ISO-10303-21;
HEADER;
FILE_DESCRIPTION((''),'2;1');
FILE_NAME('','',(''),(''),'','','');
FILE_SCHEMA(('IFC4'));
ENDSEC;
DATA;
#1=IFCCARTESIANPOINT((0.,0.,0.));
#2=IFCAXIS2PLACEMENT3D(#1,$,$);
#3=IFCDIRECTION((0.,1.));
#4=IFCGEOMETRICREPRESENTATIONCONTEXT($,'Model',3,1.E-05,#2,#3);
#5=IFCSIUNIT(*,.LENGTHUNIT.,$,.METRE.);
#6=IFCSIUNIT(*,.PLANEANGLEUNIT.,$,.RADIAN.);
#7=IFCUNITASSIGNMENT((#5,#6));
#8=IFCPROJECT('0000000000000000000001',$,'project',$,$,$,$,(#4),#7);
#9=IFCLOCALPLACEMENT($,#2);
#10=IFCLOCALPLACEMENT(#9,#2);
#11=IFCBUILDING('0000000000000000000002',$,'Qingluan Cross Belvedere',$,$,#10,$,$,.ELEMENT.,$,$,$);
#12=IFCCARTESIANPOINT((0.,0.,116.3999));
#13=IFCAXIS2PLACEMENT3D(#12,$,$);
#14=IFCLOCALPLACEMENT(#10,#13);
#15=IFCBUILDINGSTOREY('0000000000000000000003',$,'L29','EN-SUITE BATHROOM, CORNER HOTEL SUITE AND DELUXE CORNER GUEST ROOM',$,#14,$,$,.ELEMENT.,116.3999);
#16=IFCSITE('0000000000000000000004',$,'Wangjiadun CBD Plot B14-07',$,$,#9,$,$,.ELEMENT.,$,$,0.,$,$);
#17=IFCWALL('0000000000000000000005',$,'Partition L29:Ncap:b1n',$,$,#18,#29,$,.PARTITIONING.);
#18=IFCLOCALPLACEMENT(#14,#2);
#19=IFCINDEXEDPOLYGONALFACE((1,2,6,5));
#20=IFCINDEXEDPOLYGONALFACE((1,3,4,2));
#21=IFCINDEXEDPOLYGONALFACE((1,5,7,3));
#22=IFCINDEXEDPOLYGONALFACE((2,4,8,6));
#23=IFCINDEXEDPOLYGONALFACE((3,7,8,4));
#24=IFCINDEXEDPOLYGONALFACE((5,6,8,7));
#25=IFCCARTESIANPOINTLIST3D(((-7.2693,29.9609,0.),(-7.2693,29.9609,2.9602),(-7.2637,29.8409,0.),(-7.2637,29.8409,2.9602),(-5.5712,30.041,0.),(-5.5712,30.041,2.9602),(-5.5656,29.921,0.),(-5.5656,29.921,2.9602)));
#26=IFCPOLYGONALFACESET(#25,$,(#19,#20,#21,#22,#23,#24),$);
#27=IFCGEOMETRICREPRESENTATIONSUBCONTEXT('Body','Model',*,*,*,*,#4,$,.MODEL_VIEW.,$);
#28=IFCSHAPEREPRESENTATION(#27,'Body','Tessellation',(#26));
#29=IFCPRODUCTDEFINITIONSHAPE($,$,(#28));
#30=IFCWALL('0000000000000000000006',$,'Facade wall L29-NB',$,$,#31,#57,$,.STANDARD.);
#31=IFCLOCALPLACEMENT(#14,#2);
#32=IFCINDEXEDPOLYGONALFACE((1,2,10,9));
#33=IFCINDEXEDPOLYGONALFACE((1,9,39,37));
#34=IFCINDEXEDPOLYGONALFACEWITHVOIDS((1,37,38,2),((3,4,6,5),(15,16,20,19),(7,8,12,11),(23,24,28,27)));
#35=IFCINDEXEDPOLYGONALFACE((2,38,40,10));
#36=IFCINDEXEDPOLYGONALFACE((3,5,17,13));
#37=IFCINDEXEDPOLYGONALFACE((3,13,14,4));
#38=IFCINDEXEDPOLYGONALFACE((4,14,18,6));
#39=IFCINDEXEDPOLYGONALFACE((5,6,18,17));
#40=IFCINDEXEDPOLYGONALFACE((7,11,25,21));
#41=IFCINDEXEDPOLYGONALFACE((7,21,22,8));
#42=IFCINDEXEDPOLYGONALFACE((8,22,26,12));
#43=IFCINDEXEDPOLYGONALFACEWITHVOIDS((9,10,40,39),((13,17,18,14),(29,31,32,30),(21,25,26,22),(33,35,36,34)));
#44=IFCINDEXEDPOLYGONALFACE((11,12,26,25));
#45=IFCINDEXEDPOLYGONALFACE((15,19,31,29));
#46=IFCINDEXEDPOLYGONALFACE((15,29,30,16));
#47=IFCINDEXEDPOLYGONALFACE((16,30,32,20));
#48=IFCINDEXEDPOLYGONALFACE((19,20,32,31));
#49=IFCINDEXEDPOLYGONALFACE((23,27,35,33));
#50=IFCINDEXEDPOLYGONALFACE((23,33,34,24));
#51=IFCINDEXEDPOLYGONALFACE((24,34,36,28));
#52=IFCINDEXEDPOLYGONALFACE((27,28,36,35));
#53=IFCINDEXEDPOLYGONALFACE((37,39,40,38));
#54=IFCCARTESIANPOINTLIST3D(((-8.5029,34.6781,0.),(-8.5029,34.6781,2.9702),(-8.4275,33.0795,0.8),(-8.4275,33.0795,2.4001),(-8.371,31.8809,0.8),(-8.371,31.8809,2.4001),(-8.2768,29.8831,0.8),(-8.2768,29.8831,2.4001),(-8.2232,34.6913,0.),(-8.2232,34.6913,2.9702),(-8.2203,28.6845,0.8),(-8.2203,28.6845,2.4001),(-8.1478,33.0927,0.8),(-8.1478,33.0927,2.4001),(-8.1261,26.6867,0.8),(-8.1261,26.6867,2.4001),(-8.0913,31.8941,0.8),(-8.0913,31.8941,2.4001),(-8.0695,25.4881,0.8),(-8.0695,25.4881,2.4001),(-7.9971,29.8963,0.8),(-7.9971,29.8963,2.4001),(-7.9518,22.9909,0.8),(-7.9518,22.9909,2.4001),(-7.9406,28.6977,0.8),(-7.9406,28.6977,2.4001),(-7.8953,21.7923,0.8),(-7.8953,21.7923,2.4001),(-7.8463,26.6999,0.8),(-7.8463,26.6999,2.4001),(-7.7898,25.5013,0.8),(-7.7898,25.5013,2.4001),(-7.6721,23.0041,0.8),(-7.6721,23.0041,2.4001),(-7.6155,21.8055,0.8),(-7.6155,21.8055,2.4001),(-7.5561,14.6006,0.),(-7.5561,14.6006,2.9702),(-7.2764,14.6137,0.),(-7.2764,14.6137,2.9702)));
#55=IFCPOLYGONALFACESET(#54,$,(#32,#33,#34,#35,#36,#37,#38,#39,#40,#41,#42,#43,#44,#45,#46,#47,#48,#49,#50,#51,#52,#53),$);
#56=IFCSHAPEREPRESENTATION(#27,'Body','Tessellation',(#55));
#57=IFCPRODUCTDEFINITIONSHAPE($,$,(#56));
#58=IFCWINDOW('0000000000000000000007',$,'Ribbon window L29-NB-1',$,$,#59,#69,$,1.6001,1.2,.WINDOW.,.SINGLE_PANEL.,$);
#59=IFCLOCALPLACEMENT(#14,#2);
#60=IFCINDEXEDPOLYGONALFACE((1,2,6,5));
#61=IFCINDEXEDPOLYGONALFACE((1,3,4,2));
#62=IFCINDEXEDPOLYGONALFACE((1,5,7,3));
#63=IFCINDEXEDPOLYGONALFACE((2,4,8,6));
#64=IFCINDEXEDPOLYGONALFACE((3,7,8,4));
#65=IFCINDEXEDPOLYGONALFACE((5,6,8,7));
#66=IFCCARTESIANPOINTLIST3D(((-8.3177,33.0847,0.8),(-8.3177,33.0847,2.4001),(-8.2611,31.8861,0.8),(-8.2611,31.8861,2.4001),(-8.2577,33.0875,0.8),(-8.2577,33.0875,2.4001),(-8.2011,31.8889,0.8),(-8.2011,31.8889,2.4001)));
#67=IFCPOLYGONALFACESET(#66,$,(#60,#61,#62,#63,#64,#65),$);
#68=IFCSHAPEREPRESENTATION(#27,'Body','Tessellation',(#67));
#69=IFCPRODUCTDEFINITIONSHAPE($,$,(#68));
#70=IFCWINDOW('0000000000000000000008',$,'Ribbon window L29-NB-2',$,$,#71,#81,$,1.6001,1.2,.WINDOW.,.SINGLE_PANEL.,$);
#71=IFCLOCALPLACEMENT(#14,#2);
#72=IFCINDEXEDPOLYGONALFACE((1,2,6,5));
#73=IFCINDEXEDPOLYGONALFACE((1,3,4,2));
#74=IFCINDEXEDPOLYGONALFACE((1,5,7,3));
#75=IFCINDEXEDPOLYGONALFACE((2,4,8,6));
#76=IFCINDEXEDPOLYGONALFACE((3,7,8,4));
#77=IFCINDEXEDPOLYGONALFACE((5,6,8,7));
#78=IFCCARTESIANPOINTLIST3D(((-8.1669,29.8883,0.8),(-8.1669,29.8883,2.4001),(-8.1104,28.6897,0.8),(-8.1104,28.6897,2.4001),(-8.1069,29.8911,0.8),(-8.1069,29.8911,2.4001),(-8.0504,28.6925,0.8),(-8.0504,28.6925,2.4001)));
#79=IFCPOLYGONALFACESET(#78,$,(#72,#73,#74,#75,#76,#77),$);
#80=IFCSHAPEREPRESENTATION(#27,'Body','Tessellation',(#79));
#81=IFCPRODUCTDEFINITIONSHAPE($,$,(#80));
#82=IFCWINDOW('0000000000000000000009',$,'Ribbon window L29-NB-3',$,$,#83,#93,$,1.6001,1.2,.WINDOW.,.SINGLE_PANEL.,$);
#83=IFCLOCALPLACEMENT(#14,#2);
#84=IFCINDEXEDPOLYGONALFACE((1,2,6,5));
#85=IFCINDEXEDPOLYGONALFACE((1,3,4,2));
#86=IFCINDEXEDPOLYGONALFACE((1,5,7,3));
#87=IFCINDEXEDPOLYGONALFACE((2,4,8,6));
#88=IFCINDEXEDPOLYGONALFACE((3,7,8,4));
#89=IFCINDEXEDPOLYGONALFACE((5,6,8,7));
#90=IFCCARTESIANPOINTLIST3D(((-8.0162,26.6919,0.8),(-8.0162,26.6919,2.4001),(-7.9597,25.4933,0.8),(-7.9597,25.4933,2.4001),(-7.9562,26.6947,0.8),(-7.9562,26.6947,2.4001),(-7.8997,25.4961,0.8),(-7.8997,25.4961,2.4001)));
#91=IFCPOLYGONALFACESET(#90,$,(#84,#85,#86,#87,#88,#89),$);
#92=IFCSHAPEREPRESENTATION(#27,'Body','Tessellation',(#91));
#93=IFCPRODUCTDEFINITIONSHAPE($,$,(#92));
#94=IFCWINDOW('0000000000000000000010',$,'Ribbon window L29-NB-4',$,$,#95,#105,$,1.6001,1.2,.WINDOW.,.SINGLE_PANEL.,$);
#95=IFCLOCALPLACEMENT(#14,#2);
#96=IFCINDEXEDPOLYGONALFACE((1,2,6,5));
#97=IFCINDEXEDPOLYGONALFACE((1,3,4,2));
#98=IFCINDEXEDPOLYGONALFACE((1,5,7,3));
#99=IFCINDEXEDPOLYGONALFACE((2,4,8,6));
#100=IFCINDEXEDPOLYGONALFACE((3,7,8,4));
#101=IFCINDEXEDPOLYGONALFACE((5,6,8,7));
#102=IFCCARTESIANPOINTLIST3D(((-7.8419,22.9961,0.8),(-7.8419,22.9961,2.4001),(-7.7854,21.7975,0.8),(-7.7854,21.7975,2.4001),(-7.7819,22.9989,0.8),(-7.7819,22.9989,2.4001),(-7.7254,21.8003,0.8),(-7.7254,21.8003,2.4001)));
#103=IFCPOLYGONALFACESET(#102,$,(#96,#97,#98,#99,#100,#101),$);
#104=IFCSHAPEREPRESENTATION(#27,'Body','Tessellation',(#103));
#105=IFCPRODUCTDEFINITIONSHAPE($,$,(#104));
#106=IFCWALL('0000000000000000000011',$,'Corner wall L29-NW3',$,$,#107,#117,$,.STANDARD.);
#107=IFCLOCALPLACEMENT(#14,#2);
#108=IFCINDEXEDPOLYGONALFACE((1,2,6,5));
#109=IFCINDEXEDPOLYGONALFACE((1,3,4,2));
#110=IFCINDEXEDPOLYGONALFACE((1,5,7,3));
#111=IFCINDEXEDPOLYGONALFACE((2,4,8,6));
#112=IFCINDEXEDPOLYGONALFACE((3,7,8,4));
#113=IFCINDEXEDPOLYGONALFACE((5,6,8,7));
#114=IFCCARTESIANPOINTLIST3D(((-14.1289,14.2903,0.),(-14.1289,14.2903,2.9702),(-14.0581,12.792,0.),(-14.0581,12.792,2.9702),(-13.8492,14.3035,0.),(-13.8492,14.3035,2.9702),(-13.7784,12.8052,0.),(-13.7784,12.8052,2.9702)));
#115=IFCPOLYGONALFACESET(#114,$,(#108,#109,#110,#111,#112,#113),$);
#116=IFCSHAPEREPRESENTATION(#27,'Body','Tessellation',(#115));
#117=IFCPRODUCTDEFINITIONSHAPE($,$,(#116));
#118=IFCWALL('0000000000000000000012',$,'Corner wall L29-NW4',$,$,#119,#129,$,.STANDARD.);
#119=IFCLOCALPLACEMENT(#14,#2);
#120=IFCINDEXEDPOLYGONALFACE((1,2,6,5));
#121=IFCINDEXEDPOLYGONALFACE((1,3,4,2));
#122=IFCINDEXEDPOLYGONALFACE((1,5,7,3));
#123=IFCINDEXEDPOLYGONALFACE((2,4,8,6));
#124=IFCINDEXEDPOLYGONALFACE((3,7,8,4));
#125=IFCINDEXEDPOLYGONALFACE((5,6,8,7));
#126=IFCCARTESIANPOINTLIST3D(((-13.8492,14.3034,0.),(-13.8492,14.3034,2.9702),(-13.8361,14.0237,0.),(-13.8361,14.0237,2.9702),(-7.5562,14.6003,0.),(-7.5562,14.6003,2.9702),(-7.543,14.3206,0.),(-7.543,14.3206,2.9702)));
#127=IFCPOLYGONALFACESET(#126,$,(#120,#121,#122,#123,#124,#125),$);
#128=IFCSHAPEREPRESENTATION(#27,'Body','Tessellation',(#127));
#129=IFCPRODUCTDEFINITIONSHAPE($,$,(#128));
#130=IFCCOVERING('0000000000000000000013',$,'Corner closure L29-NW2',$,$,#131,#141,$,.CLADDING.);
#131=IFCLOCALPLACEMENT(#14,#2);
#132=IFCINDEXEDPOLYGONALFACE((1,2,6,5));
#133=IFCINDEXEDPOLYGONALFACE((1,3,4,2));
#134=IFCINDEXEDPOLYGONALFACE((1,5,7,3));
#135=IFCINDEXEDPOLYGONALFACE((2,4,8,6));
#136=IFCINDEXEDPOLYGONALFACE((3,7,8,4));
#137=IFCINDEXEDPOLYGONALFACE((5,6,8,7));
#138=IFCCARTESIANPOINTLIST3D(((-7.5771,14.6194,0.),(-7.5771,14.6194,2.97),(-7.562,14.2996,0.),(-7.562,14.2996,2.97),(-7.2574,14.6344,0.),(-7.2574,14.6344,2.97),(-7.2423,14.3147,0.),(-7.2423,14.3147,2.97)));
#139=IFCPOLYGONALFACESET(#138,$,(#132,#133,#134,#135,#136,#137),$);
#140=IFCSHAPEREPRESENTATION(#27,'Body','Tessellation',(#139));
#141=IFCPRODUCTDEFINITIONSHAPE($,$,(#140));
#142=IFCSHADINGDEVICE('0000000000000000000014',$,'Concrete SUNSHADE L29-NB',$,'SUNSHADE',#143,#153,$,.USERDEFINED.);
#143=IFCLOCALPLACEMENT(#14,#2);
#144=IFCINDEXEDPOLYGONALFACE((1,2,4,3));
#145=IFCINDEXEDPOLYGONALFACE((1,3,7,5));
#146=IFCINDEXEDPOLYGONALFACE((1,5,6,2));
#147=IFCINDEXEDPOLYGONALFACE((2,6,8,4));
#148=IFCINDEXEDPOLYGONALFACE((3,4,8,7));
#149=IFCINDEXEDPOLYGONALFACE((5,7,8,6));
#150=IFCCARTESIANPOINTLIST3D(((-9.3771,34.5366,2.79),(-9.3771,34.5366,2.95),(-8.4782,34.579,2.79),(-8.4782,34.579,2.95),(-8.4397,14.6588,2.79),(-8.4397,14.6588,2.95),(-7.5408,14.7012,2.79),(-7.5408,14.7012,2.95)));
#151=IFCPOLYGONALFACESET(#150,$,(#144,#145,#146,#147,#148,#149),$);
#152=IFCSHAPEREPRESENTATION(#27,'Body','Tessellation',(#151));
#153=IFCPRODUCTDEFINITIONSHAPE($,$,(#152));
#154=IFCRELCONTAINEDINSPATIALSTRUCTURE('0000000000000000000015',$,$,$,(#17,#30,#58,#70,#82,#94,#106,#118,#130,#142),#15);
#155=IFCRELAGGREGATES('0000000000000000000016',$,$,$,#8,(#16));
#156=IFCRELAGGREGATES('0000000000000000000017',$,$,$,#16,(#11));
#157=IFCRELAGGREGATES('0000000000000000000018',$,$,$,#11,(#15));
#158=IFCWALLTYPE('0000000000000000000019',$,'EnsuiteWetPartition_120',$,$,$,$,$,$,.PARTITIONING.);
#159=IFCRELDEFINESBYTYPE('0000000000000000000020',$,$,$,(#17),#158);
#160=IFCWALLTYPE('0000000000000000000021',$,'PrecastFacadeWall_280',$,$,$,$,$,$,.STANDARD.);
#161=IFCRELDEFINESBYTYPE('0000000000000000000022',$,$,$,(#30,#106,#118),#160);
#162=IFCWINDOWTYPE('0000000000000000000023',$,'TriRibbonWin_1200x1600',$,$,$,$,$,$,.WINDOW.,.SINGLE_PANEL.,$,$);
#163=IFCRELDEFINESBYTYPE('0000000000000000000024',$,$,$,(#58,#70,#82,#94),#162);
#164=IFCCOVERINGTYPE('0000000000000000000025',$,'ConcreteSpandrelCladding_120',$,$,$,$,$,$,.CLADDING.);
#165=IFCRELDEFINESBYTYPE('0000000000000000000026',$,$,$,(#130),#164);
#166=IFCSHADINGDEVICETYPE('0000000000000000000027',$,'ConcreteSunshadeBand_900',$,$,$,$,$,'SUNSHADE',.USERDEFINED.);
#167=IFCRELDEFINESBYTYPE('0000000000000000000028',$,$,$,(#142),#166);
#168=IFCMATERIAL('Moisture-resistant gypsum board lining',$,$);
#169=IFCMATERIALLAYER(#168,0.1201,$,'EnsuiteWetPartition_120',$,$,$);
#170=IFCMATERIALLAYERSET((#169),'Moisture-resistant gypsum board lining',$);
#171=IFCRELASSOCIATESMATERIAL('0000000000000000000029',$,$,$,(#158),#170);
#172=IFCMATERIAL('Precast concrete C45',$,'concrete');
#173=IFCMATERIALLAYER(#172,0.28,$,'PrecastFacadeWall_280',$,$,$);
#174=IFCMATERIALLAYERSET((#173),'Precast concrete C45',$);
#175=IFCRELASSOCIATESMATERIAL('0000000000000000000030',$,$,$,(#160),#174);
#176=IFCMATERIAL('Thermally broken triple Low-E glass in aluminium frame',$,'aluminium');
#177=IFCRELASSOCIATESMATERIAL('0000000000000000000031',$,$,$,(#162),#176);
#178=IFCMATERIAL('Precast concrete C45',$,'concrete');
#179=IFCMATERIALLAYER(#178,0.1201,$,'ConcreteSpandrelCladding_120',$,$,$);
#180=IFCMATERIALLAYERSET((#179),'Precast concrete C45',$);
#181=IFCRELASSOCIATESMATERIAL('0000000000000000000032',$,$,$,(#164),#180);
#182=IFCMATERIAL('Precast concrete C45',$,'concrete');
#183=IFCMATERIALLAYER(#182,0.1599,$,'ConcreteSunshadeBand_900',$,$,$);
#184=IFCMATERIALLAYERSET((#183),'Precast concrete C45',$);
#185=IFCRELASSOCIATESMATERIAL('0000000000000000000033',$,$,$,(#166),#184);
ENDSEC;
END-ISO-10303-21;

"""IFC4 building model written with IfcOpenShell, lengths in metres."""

from ifc_helpers import new_model, si_unit, direction, frame, frame_2d, origin, origin_2d, place, context, subcontext, project, spatial, rectangle, extrude, material, layer, layer_set, type_object, element, fill, save


model = new_model("IFC4")

# Units and contexts
model_context = context("Model", 3, precision=1e-05, world=origin(), true_north=direction((0.0, 1.0)))
body_context = subcontext(model_context, "Body", "Model", "MODEL_VIEW")
ifc_project = project(units=[si_unit("LENGTHUNIT", "METRE"), si_unit("PLANEANGLEUNIT", "RADIAN")], contexts=[model_context])

# Site, building, storey
site_placement = place(None, origin())
site = spatial("IfcSite", under=ifc_project, at=site_placement, Name="Wangjiadun CBD Plot B14-07", CompositionType="ELEMENT", RefElevation=0.0)
building_placement = place(site_placement, origin())
building = spatial("IfcBuilding", under=site, at=building_placement, Name="Qingluan Cross Belvedere", CompositionType="ELEMENT")
storey_placement = place(building_placement, frame((0.0, 0.0, 116.3999)))
storey = spatial("IfcBuildingStorey", under=building, at=storey_placement, Name="L29", Description="EN-SUITE BATHROOM, CORNER HOTEL SUITE AND DELUXE CORNER GUEST ROOM", CompositionType="ELEMENT", Elevation=116.3999)

# Shared definitions
ifc_material_1 = material(Name="Moisture-resistant gypsum board lining")
ifc_layer_1 = layer(ifc_material_1, 0.1201, Name="EnsuiteWetPartition_120")
ifc_layer_set_1 = layer_set([ifc_layer_1], Name="Moisture-resistant gypsum board lining")
wall_type_1 = type_object("IfcWallType", Name="EnsuiteWetPartition_120", PredefinedType="PARTITIONING", material=ifc_layer_set_1)

# Wall
wall_1_placement = place(storey_placement, frame((-7.2666, 29.9009, 0.0), z_axis=(0.0, 0.0, 1.0), x_axis=(0.99889, 0.047108, 0.0)))
element("IfcWall", 1, at=wall_1_placement, inside=storey, type_object=wall_type_1, Name="Partition L29:Ncap:b1n", PredefinedType="PARTITIONING", context=body_context, shape_type="SweptSolid", body=[
    extrude(rectangle(XDim=1.7, YDim=0.1201, at=frame_2d((0.8501, 0.0))), origin(), (0.0, 0.0, 1.0), 2.9602),
])

# Wall, openings, windows
ifc_material_2 = material(Name="Precast concrete C45", Category="concrete")
ifc_layer_2 = layer(ifc_material_2, 0.28, Name="PrecastFacadeWall_280")
ifc_layer_set_2 = layer_set([ifc_layer_2], Name="Precast concrete C45")
wall_type_2 = type_object("IfcWallType", Name="PrecastFacadeWall_280", PredefinedType="STANDARD", material=ifc_layer_set_2)
wall_2_placement = place(storey_placement, frame((-8.363, 34.6846, 0.0), z_axis=(0.0, 0.0, 1.0), x_axis=(0.047103, -0.99889, 0.0)))
wall_2 = element("IfcWall", 2, at=wall_2_placement, inside=storey, type_object=wall_type_2, Name="Facade wall L29-NB", PredefinedType="STANDARD", context=body_context, shape_type="SweptSolid", body=[
    extrude(rectangle(XDim=20.0999, YDim=0.28, at=frame_2d((10.0498, 0.0))), origin(), (0.0, 0.0, 1.0), 2.9702),
])
opening_1_placement = place(wall_2_placement, frame((1.6001, 0.0, 0.8)))
opening_1 = element("IfcOpeningElement", 3, at=opening_1_placement, cuts=wall_2, PredefinedType="OPENING", context=body_context, shape_type="SweptSolid", body=[
    extrude(rectangle(XDim=1.2, YDim=1.6001, at=frame_2d((0.6001, 0.8))), frame((0.0, 0.1499, 0.0), z_axis=(0.0, -1.0, 0.0), x_axis=(1.0, 0.0, 0.0)), (0.0, 0.0, 1.0), 0.3),
])
opening_2_placement = place(wall_2_placement, frame((4.8, 0.0, 0.8)))
opening_2 = element("IfcOpeningElement", 4, at=opening_2_placement, cuts=wall_2, PredefinedType="OPENING", context=body_context, shape_type="SweptSolid", body=[
    extrude(rectangle(XDim=1.2, YDim=1.6001, at=frame_2d((0.6001, 0.8))), frame((0.0, 0.1499, 0.0), z_axis=(0.0, -1.0, 0.0), x_axis=(1.0, 0.0, 0.0)), (0.0, 0.0, 1.0), 0.3),
])
opening_3_placement = place(wall_2_placement, frame((8.0, 0.0, 0.8)))
opening_3 = element("IfcOpeningElement", 5, at=opening_3_placement, cuts=wall_2, PredefinedType="OPENING", context=body_context, shape_type="SweptSolid", body=[
    extrude(rectangle(XDim=1.2, YDim=1.6001, at=frame_2d((0.6001, 0.8))), frame((0.0, 0.1499, 0.0), z_axis=(0.0, -1.0, 0.0), x_axis=(1.0, 0.0, 0.0)), (0.0, 0.0, 1.0), 0.3),
])
opening_4_placement = place(wall_2_placement, frame((11.7, 0.0, 0.8)))
opening_4 = element("IfcOpeningElement", 6, at=opening_4_placement, cuts=wall_2, PredefinedType="OPENING", context=body_context, shape_type="SweptSolid", body=[
    extrude(rectangle(XDim=1.2, YDim=1.6001, at=frame_2d((0.6001, 0.8))), frame((0.0, 0.1499, 0.0), z_axis=(0.0, -1.0, 0.0), x_axis=(1.0, 0.0, 0.0)), (0.0, 0.0, 1.0), 0.3),
])
ifc_material_3 = material(Name="Thermally broken triple Low-E glass in aluminium frame", Category="aluminium")
window_type = type_object("IfcWindowType", Name="TriRibbonWin_1200x1600", PartitioningType="SINGLE_PANEL", PredefinedType="WINDOW", material=ifc_material_3)
window_1_placement = place(opening_1_placement, origin())
window_1 = element("IfcWindow", 7, at=window_1_placement, inside=storey, type_object=window_type, Name="Ribbon window L29-NB-1", OverallHeight=1.6001, OverallWidth=1.2, PartitioningType="SINGLE_PANEL", PredefinedType="WINDOW", context=body_context, shape_type="SweptSolid", body=[
    extrude(rectangle(XDim=1.2, YDim=1.6001, at=frame_2d((0.6001, 0.8))), frame((0.0, 0.03, 0.0), z_axis=(0.0, -1.0, 0.0), x_axis=(1.0, 0.0, 0.0)), (0.0, 0.0, 1.0), 0.0601),
])
fill(opening_1, window_1)
window_2_placement = place(opening_2_placement, origin())
window_2 = element("IfcWindow", 8, at=window_2_placement, inside=storey, type_object=window_type, Name="Ribbon window L29-NB-2", OverallHeight=1.6001, OverallWidth=1.2, PartitioningType="SINGLE_PANEL", PredefinedType="WINDOW", context=body_context, shape_type="SweptSolid", body=[
    extrude(rectangle(XDim=1.2, YDim=1.6001, at=frame_2d((0.6001, 0.8))), frame((0.0, 0.03, 0.0), z_axis=(0.0, -1.0, 0.0), x_axis=(1.0, 0.0, 0.0)), (0.0, 0.0, 1.0), 0.0601),
])
fill(opening_2, window_2)
window_3_placement = place(opening_3_placement, origin())
window_3 = element("IfcWindow", 9, at=window_3_placement, inside=storey, type_object=window_type, Name="Ribbon window L29-NB-3", OverallHeight=1.6001, OverallWidth=1.2, PartitioningType="SINGLE_PANEL", PredefinedType="WINDOW", context=body_context, shape_type="SweptSolid", body=[
    extrude(rectangle(XDim=1.2, YDim=1.6001, at=frame_2d((0.6001, 0.8))), frame((0.0, 0.03, 0.0), z_axis=(0.0, -1.0, 0.0), x_axis=(1.0, 0.0, 0.0)), (0.0, 0.0, 1.0), 0.0601),
])
fill(opening_3, window_3)
window_4_placement = place(opening_4_placement, origin())
window_4 = element("IfcWindow", 10, at=window_4_placement, inside=storey, type_object=window_type, Name="Ribbon window L29-NB-4", OverallHeight=1.6001, OverallWidth=1.2, PartitioningType="SINGLE_PANEL", PredefinedType="WINDOW", context=body_context, shape_type="SweptSolid", body=[
    extrude(rectangle(XDim=1.2, YDim=1.6001, at=frame_2d((0.6001, 0.8))), frame((0.0, 0.03, 0.0), z_axis=(0.0, -1.0, 0.0), x_axis=(1.0, 0.0, 0.0)), (0.0, 0.0, 1.0), 0.0601),
])
fill(opening_4, window_4)

# Walls
wall_3_placement = place(storey_placement, frame((-13.9182, 12.7986, 0.0), z_axis=(0.0, 0.0, 1.0), x_axis=(-0.047202, 0.998885, 0.0)))
element("IfcWall", 11, at=wall_3_placement, inside=storey, type_object=wall_type_2, Name="Corner wall L29-NW3", PredefinedType="STANDARD", context=body_context, shape_type="SweptSolid", body=[
    extrude(rectangle(XDim=1.5, YDim=0.28, at=frame_2d((0.75, 0.0))), origin(), (0.0, 0.0, 1.0), 2.9702),
])
wall_4_placement = place(storey_placement, frame((-13.8425, 14.1636, 0.0), z_axis=(0.0, 0.0, 1.0), x_axis=(0.998889, 0.047123, 0.0)))
element("IfcWall", 12, at=wall_4_placement, inside=storey, type_object=wall_type_2, Name="Corner wall L29-NW4", PredefinedType="STANDARD", context=body_context, shape_type="SweptSolid", body=[
    extrude(rectangle(XDim=6.3, YDim=0.28, at=frame_2d((3.1499, 0.0))), origin(), (0.0, 0.0, 1.0), 2.9702),
])

# Covering
ifc_material_4 = material(Name="Precast concrete C45", Category="concrete")
ifc_layer_3 = layer(ifc_material_4, 0.1201, Name="ConcreteSpandrelCladding_120")
ifc_layer_set_3 = layer_set([ifc_layer_3], Name="Precast concrete C45")
covering_type = type_object("IfcCoveringType", Name="ConcreteSpandrelCladding_120", PredefinedType="CLADDING", material=ifc_layer_set_3)
covering_placement = place(storey_placement, frame((-7.4097, 14.467, 0.0), z_axis=(0.0, 0.0, 1.0), x_axis=(0.99889, 0.047106, 0.0)))
element("IfcCovering", 13, at=covering_placement, inside=storey, type_object=covering_type, Name="Corner closure L29-NW2", PredefinedType="CLADDING", context=body_context, shape_type="SweptSolid", body=[
    extrude(rectangle(XDim=0.3201, YDim=0.3201, at=origin_2d()), origin(), (0.0, 0.0, 1.0), 2.97),
])

# Shading device
ifc_material_5 = material(Name="Precast concrete C45", Category="concrete")
ifc_layer_4 = layer(ifc_material_5, 0.1599, Name="ConcreteSunshadeBand_900")
ifc_layer_set_4 = layer_set([ifc_layer_4], Name="Precast concrete C45")
shading_device_type = type_object("IfcShadingDeviceType", Name="ConcreteSunshadeBand_900", ElementType="SUNSHADE", PredefinedType="USERDEFINED", material=ifc_layer_set_4)
shading_device_placement = place(storey_placement, frame((-8.459, 24.6189, 2.79), z_axis=(0.0, 0.0, 1.0), x_axis=(0.047105, -0.99889, 0.0)))
element("IfcShadingDevice", 14, at=shading_device_placement, inside=storey, type_object=shading_device_type, Name="Concrete SUNSHADE L29-NB", ObjectType="SUNSHADE", PredefinedType="USERDEFINED", context=body_context, shape_type="SweptSolid", body=[
    extrude(rectangle(XDim=19.8999, YDim=0.8999, at=origin_2d()), origin(), (0.0, 0.0, 1.0), 0.1599),
])

save(model, "model.ifc")
